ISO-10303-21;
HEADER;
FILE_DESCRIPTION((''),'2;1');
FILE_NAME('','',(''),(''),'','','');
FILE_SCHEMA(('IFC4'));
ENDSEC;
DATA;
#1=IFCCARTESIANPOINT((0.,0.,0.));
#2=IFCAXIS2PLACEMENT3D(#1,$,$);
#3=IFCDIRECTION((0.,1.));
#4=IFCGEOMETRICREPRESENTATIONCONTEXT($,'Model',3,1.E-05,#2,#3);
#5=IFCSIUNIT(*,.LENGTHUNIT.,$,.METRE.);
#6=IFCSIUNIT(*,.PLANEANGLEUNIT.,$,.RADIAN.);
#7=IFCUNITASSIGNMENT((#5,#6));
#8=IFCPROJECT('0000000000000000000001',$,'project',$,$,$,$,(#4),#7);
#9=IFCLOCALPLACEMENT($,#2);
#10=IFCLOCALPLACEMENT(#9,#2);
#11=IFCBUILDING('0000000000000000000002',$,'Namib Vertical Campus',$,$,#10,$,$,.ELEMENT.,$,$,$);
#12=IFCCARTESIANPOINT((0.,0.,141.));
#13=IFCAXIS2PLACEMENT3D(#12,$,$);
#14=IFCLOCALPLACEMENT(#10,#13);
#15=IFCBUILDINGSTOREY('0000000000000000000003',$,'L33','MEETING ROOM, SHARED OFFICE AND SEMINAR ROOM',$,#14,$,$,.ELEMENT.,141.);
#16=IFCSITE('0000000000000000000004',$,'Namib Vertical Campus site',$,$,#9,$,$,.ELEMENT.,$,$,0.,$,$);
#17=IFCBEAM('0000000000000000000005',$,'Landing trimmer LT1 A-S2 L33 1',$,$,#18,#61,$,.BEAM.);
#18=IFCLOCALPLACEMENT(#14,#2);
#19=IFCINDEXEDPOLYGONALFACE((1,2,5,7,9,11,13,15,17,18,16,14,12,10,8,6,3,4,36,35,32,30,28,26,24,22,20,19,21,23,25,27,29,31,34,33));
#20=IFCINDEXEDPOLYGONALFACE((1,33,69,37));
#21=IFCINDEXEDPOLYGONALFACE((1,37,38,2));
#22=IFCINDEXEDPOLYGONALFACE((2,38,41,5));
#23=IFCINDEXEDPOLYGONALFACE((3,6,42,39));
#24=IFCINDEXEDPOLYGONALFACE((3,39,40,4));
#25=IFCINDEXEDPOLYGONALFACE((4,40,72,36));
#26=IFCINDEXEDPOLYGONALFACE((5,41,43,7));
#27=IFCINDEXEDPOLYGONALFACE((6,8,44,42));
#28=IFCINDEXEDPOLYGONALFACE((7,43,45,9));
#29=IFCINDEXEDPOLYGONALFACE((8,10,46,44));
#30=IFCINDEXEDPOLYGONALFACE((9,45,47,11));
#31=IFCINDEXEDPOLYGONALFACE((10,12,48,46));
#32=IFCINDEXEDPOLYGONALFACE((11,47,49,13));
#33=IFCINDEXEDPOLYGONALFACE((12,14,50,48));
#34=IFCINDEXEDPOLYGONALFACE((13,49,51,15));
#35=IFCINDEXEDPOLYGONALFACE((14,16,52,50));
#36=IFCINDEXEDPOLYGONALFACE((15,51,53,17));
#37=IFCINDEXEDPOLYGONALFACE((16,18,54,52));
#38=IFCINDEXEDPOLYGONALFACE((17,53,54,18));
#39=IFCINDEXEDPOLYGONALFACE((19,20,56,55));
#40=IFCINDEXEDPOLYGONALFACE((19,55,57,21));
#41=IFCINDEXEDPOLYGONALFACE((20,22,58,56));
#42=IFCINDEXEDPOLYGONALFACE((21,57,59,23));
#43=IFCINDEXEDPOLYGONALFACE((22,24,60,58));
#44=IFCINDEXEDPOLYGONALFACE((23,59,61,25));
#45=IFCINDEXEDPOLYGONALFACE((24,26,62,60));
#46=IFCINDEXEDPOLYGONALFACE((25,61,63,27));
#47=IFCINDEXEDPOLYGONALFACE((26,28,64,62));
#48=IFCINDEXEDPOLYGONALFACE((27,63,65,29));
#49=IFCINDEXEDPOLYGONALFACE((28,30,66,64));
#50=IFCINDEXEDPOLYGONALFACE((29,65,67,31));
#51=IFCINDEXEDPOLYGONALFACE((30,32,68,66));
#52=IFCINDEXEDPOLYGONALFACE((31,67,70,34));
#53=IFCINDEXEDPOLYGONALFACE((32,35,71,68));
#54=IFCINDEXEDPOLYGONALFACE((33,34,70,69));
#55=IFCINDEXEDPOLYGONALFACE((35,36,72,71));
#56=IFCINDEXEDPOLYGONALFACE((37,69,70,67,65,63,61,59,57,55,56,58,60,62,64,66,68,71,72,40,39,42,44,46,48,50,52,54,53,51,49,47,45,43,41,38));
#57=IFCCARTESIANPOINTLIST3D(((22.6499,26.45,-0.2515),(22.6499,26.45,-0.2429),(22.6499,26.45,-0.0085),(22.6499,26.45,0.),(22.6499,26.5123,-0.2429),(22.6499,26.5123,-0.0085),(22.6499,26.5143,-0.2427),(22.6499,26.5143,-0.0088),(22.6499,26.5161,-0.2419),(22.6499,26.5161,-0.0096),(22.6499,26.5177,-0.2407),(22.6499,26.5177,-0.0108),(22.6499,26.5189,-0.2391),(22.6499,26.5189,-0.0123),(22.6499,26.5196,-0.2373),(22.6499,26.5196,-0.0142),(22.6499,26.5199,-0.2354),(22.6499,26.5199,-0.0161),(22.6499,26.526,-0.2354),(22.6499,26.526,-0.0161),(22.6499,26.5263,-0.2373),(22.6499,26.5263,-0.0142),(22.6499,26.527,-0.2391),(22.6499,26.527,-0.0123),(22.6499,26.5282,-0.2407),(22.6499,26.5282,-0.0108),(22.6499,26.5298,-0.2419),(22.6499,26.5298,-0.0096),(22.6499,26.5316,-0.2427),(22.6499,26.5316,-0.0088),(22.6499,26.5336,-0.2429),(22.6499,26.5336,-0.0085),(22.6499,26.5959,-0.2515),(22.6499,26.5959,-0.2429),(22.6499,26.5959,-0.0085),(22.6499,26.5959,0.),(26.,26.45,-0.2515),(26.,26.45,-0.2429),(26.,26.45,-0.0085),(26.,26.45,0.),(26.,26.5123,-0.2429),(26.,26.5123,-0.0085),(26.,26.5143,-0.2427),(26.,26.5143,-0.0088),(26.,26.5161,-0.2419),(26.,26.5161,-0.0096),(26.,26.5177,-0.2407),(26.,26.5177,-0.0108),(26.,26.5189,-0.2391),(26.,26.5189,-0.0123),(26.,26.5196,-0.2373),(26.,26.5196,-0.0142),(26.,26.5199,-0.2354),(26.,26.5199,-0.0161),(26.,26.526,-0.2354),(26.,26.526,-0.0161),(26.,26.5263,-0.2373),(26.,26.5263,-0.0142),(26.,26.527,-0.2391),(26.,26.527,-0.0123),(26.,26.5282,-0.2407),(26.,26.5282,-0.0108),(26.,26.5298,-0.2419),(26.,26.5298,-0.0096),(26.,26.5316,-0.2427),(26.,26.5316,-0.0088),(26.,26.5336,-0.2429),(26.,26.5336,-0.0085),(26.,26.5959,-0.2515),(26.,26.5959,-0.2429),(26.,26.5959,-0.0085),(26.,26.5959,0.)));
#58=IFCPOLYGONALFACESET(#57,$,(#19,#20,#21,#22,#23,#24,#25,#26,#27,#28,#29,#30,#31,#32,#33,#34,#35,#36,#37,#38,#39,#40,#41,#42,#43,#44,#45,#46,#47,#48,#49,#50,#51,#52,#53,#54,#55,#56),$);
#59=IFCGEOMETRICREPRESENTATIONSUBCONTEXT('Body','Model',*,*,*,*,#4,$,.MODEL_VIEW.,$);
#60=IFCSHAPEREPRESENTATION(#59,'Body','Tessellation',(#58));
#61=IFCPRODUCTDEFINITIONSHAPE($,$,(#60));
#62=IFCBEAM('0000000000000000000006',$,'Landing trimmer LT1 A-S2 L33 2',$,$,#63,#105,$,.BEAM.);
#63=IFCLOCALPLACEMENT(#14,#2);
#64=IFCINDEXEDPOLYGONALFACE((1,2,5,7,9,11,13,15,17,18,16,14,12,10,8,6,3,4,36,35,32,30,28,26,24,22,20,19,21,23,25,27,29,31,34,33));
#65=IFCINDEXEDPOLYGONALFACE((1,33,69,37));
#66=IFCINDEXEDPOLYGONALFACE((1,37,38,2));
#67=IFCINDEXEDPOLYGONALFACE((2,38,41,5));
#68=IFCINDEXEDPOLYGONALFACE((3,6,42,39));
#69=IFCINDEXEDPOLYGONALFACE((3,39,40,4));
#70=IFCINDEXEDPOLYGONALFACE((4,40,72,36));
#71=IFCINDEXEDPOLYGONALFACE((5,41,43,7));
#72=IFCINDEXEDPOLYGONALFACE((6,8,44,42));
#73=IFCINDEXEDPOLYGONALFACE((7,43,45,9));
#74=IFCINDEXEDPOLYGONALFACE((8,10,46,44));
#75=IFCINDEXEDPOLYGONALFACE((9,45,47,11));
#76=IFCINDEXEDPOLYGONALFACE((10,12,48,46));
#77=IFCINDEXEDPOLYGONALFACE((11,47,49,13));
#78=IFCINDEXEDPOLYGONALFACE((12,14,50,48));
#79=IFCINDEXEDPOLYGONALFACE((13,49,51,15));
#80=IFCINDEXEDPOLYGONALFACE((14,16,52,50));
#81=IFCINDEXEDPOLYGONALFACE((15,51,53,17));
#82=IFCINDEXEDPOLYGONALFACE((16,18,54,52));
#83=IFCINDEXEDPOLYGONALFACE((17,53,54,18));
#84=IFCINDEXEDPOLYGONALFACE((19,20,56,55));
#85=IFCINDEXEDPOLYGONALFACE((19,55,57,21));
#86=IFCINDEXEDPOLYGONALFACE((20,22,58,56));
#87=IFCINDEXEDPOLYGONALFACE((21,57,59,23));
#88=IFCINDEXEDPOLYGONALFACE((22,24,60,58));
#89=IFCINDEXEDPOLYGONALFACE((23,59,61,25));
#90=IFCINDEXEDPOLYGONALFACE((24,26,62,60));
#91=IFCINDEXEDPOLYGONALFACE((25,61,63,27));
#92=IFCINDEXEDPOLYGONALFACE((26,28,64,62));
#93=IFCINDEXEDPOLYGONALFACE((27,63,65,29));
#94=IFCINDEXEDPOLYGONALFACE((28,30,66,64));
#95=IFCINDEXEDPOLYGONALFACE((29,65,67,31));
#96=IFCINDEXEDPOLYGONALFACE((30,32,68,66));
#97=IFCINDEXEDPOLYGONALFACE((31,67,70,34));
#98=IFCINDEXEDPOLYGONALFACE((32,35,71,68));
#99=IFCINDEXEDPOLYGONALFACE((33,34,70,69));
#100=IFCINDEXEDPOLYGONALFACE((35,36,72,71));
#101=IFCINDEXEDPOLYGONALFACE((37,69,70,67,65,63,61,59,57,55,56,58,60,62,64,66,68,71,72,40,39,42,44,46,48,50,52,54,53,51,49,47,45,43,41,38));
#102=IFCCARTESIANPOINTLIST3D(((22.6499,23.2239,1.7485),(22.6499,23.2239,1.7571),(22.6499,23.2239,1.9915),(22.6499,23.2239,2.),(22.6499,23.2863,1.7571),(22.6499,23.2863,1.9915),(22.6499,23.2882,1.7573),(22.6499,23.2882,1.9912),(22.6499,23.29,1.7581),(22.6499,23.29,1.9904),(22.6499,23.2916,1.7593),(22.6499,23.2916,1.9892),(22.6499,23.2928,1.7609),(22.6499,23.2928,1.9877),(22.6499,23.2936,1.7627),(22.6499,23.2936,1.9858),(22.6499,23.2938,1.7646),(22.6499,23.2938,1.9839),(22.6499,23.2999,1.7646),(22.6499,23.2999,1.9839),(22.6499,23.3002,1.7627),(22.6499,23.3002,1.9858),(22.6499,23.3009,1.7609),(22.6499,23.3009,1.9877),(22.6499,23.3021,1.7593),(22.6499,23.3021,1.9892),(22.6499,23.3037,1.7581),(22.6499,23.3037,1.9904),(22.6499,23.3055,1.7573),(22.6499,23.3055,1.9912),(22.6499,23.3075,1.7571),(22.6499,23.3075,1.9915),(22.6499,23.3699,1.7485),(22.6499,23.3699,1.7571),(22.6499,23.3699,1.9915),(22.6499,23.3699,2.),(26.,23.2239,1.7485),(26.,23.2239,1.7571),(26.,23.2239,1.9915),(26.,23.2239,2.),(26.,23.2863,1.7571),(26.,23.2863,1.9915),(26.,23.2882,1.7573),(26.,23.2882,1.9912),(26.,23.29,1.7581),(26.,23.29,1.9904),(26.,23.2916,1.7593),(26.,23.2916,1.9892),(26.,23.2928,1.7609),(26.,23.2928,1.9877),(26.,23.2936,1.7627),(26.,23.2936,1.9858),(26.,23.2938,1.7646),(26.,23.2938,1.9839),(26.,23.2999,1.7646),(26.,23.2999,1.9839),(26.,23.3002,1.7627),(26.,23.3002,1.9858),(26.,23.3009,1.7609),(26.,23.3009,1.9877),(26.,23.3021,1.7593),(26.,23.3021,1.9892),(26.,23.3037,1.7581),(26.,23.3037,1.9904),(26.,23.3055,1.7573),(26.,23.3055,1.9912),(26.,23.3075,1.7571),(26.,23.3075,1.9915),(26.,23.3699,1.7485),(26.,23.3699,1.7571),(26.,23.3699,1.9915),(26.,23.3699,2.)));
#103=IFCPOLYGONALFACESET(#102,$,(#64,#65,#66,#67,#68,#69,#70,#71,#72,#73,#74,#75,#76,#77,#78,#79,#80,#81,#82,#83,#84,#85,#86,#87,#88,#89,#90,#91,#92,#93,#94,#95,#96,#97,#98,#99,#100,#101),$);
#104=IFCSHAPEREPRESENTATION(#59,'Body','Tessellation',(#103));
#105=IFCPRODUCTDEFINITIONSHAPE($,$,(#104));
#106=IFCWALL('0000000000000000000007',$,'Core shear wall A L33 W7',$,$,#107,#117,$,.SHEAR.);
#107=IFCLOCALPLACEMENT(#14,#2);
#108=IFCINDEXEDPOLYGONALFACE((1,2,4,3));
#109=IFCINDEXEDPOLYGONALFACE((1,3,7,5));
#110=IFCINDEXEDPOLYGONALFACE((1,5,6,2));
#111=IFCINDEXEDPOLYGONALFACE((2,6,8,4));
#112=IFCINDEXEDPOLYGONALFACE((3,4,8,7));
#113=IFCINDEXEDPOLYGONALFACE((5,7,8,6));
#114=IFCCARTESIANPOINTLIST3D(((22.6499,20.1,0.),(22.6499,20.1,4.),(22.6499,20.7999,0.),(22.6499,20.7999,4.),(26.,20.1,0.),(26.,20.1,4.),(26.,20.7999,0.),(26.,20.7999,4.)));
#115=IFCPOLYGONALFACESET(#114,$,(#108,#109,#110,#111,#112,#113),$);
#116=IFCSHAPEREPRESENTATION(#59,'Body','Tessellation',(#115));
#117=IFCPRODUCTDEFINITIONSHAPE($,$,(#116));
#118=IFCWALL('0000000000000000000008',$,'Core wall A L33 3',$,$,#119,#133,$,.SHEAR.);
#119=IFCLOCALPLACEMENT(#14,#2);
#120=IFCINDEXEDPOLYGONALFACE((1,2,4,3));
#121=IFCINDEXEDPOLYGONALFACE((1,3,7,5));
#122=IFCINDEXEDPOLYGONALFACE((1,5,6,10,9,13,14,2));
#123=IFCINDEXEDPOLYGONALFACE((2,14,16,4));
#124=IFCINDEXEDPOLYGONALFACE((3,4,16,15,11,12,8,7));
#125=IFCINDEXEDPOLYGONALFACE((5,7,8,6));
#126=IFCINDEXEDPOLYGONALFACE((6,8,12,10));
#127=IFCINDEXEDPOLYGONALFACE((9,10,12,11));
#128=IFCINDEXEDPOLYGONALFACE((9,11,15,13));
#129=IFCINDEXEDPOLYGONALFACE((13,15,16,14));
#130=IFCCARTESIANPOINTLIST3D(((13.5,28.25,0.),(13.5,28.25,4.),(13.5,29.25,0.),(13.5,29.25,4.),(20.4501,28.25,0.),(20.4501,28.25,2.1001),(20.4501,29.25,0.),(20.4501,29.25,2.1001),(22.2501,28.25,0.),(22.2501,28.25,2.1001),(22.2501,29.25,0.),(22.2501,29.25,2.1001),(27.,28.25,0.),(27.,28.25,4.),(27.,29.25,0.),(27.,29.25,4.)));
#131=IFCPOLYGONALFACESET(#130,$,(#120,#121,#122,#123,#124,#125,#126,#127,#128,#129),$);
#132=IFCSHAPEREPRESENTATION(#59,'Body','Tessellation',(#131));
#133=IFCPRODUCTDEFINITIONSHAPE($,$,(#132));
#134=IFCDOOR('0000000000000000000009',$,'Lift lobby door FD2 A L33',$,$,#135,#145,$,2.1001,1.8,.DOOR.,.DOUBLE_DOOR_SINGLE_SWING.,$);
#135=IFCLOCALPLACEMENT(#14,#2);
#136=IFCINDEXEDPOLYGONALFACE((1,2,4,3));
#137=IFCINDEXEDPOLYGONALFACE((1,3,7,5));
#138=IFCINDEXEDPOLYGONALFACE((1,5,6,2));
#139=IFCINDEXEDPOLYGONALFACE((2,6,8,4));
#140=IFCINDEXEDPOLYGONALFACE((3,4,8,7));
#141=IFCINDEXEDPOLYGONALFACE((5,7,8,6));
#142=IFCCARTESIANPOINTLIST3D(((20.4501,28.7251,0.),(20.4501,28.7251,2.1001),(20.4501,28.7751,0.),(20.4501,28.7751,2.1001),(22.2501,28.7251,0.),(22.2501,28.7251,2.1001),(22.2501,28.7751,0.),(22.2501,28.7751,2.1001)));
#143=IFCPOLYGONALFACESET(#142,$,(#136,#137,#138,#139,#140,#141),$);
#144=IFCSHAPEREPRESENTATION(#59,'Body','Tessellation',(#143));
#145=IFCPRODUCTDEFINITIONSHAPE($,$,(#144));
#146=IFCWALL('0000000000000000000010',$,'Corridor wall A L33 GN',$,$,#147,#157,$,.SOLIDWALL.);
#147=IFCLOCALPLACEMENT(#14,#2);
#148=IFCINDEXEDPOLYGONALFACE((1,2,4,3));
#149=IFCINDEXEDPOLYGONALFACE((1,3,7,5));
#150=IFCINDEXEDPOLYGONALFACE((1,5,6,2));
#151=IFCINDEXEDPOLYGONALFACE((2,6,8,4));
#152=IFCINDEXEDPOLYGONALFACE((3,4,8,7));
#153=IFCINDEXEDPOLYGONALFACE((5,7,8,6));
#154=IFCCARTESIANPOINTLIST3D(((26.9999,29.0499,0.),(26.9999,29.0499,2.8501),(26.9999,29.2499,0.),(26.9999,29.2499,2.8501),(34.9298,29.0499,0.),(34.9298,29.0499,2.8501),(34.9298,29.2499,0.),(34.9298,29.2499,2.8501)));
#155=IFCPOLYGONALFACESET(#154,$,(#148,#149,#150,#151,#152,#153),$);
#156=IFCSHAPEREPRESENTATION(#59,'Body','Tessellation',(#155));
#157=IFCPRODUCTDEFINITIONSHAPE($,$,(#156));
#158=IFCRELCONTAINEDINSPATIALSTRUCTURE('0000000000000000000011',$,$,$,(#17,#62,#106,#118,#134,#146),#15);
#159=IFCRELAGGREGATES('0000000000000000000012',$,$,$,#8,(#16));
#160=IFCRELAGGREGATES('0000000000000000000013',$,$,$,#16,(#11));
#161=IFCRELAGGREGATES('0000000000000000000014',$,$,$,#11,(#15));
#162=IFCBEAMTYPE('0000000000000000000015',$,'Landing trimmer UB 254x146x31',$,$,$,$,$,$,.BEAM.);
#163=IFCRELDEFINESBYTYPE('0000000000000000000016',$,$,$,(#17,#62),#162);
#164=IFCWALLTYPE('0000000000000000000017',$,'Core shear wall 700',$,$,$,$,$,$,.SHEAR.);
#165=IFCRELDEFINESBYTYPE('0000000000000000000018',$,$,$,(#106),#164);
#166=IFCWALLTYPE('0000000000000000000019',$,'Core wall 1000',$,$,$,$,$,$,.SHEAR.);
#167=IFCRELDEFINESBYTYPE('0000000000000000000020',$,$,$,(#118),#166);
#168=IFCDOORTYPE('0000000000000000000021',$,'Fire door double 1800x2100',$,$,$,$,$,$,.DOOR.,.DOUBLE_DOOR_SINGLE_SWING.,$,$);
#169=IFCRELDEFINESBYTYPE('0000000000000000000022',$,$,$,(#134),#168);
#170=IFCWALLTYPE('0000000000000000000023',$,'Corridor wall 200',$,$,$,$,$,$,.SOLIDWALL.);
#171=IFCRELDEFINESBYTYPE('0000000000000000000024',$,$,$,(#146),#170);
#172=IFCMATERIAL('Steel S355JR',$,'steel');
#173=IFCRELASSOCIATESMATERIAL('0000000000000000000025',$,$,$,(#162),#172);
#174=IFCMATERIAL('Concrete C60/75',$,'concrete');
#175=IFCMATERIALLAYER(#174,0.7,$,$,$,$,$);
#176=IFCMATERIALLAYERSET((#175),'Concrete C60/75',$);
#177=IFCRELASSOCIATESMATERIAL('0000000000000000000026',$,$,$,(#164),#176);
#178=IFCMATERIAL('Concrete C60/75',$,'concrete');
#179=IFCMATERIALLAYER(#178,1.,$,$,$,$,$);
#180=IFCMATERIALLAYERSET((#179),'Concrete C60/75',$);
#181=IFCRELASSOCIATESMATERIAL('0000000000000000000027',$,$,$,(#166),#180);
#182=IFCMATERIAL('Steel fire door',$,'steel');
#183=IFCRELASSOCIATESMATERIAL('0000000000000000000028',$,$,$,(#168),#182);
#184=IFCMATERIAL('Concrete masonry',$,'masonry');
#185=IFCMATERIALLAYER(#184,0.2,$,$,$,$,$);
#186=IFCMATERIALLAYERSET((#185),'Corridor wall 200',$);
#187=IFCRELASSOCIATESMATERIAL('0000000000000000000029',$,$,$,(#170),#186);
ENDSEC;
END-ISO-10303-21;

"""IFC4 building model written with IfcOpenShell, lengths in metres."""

from ifc_helpers import new_model, si_unit, direction, frame, frame_2d, origin, origin_2d, place, context, subcontext, project, spatial, rectangle, i_section, extrude, material, layer, layer_set, material_profile, profile_set, type_object, element, fill, save


model = new_model("IFC4")

# Units and contexts
model_context = context("Model", 3, precision=1e-05, world=origin(), true_north=direction((0.0, 1.0)))
body_context = subcontext(model_context, "Body", "Model", "MODEL_VIEW")
ifc_project = project(units=[si_unit("LENGTHUNIT", "METRE"), si_unit("PLANEANGLEUNIT", "RADIAN")], contexts=[model_context])

# Site, building, storey
site_placement = place(None, origin())
site = spatial("IfcSite", under=ifc_project, at=site_placement, Name="Namib Vertical Campus site", CompositionType="ELEMENT", RefElevation=0.0)
building_placement = place(site_placement, origin())
building = spatial("IfcBuilding", under=site, at=building_placement, Name="Namib Vertical Campus", CompositionType="ELEMENT")
storey_placement = place(building_placement, frame((0.0, 0.0, 141.0)))
storey = spatial("IfcBuildingStorey", under=building, at=storey_placement, Name="L33", Description="MEETING ROOM, SHARED OFFICE AND SEMINAR ROOM", CompositionType="ELEMENT", Elevation=141.0)

# Beams
ifc_material_1 = material(Name="Steel S355JR", Category="steel")
ifc_material_profile = material_profile(ifc_material_1, i_section(OverallWidth=0.146, OverallDepth=0.2515, WebThickness=0.0061, FlangeThickness=0.0085, FilletRadius=0.0076, at=origin_2d()))
ifc_profile_set = profile_set([ifc_material_profile], Name="Steel S355JR")
beam_type = type_object("IfcBeamType", Name="Landing trimmer UB 254x146x31", PredefinedType="BEAM", material=ifc_profile_set)
for number, where, z_axis, x_axis, name in (
    (1, (22.6499, 26.5229, -0.1257), (1.0, 0.0, 0.0), (0.0, 1.0, 0.0), "Landing trimmer LT1 A-S2 L33 1"),
    (2, (22.6499, 23.2969, 1.8743), (1.0, 0.0, 0.0), (0.0, 1.0, 0.0), "Landing trimmer LT1 A-S2 L33 2"),
):
    element("IfcBeam", number, at=place(storey_placement, frame(where, z_axis=z_axis, x_axis=x_axis)), inside=storey, type_object=beam_type, Name=name, PredefinedType="BEAM", context=body_context, shape_type="SweptSolid", body=[
        extrude(i_section(OverallWidth=0.146, OverallDepth=0.2515, WebThickness=0.0061, FlangeThickness=0.0085, FilletRadius=0.0076, at=origin_2d()), origin(), (0.0, 0.0, 1.0), 3.3501),
    ])

# Wall
ifc_material_2 = material(Name="Concrete C60/75", Category="concrete")
ifc_layer_1 = layer(ifc_material_2, 0.7)
ifc_layer_set_1 = layer_set([ifc_layer_1], Name="Concrete C60/75")
wall_type_1 = type_object("IfcWallType", Name="Core shear wall 700", PredefinedType="SHEAR", material=ifc_layer_set_1)
wall_1_placement = place(storey_placement, frame((22.6499, 20.45, 0.0), z_axis=(0.0, 0.0, 1.0), x_axis=(1.0, 0.0, 0.0)))
element("IfcWall", 3, at=wall_1_placement, inside=storey, type_object=wall_type_1, Name="Core shear wall A L33 W7", PredefinedType="SHEAR", context=body_context, shape_type="SweptSolid", body=[
    extrude(rectangle(XDim=3.3501, YDim=0.7, at=frame_2d((1.675, 0.0))), origin(), (0.0, 0.0, 1.0), 4.0),
])

# Wall, opening, door
ifc_material_3 = material(Name="Concrete C60/75", Category="concrete")
ifc_layer_2 = layer(ifc_material_3, 1.0)
ifc_layer_set_2 = layer_set([ifc_layer_2], Name="Concrete C60/75")
wall_type_2 = type_object("IfcWallType", Name="Core wall 1000", PredefinedType="SHEAR", material=ifc_layer_set_2)
wall_2_placement = place(storey_placement, frame((27.0, 28.75, 0.0), z_axis=(0.0, 0.0, 1.0), x_axis=(-1.0, 0.0, 0.0)))
wall_2 = element("IfcWall", 4, at=wall_2_placement, inside=storey, type_object=wall_type_2, Name="Core wall A L33 3", PredefinedType="SHEAR", context=body_context, shape_type="SweptSolid", body=[
    extrude(rectangle(XDim=13.5, YDim=1.0, at=frame_2d((6.75, 0.0))), origin(), (0.0, 0.0, 1.0), 4.0),
])
opening_1_placement = place(wall_2_placement, frame((4.75, 0.0, 0.0)))
opening_1 = element("IfcOpeningElement", 5, at=opening_1_placement, cuts=wall_2, PredefinedType="OPENING", context=body_context, shape_type="SweptSolid", body=[
    extrude(rectangle(XDim=1.8, YDim=2.1001, at=frame_2d((0.8999, 1.05))), frame((0.0, 0.51, 0.0), z_axis=(0.0, -1.0, 0.0), x_axis=(1.0, 0.0, 0.0)), (0.0, 0.0, 1.0), 1.02),
])
ifc_material_4 = material(Name="Steel fire door", Category="steel")
door_type_1 = type_object("IfcDoorType", Name="Fire door double 1800x2100", OperationType="DOUBLE_DOOR_SINGLE_SWING", PredefinedType="DOOR", material=ifc_material_4)
door_1_placement = place(opening_1_placement, origin())
door_1 = element("IfcDoor", 6, at=door_1_placement, inside=storey, type_object=door_type_1, Name="Lift lobby door FD2 A L33", OperationType="DOUBLE_DOOR_SINGLE_SWING", OverallHeight=2.1001, OverallWidth=1.8, PredefinedType="DOOR", context=body_context, shape_type="SweptSolid", body=[
    extrude(rectangle(XDim=1.8, YDim=2.1001, at=frame_2d((0.8999, 1.05))), frame((0.0, 0.0249, 0.0), z_axis=(0.0, -1.0, 0.0), x_axis=(1.0, 0.0, 0.0)), (0.0, 0.0, 1.0), 0.05),
])
fill(opening_1, door_1)

# Wall
ifc_material_5 = material(Name="Concrete masonry", Category="masonry")
ifc_layer_3 = layer(ifc_material_5, 0.2)
ifc_layer_set_3 = layer_set([ifc_layer_3], Name="Corridor wall 200")
wall_type_3 = type_object("IfcWallType", Name="Corridor wall 200", PredefinedType="SOLIDWALL", material=ifc_layer_set_3)
wall_3_placement = place(storey_placement, frame((27.0, 29.1499, 0.0), z_axis=(0.0, 0.0, 1.0), x_axis=(1.0, 0.0, 0.0)))
element("IfcWall", 7, at=wall_3_placement, inside=storey, type_object=wall_type_3, Name="Corridor wall A L33 GN", PredefinedType="SOLIDWALL", context=body_context, shape_type="SweptSolid", body=[
    extrude(rectangle(XDim=7.9299, YDim=0.2, at=frame_2d((3.9648, 0.0))), origin(), (0.0, 0.0, 1.0), 2.8501),
])

save(model, "model.ifc")
